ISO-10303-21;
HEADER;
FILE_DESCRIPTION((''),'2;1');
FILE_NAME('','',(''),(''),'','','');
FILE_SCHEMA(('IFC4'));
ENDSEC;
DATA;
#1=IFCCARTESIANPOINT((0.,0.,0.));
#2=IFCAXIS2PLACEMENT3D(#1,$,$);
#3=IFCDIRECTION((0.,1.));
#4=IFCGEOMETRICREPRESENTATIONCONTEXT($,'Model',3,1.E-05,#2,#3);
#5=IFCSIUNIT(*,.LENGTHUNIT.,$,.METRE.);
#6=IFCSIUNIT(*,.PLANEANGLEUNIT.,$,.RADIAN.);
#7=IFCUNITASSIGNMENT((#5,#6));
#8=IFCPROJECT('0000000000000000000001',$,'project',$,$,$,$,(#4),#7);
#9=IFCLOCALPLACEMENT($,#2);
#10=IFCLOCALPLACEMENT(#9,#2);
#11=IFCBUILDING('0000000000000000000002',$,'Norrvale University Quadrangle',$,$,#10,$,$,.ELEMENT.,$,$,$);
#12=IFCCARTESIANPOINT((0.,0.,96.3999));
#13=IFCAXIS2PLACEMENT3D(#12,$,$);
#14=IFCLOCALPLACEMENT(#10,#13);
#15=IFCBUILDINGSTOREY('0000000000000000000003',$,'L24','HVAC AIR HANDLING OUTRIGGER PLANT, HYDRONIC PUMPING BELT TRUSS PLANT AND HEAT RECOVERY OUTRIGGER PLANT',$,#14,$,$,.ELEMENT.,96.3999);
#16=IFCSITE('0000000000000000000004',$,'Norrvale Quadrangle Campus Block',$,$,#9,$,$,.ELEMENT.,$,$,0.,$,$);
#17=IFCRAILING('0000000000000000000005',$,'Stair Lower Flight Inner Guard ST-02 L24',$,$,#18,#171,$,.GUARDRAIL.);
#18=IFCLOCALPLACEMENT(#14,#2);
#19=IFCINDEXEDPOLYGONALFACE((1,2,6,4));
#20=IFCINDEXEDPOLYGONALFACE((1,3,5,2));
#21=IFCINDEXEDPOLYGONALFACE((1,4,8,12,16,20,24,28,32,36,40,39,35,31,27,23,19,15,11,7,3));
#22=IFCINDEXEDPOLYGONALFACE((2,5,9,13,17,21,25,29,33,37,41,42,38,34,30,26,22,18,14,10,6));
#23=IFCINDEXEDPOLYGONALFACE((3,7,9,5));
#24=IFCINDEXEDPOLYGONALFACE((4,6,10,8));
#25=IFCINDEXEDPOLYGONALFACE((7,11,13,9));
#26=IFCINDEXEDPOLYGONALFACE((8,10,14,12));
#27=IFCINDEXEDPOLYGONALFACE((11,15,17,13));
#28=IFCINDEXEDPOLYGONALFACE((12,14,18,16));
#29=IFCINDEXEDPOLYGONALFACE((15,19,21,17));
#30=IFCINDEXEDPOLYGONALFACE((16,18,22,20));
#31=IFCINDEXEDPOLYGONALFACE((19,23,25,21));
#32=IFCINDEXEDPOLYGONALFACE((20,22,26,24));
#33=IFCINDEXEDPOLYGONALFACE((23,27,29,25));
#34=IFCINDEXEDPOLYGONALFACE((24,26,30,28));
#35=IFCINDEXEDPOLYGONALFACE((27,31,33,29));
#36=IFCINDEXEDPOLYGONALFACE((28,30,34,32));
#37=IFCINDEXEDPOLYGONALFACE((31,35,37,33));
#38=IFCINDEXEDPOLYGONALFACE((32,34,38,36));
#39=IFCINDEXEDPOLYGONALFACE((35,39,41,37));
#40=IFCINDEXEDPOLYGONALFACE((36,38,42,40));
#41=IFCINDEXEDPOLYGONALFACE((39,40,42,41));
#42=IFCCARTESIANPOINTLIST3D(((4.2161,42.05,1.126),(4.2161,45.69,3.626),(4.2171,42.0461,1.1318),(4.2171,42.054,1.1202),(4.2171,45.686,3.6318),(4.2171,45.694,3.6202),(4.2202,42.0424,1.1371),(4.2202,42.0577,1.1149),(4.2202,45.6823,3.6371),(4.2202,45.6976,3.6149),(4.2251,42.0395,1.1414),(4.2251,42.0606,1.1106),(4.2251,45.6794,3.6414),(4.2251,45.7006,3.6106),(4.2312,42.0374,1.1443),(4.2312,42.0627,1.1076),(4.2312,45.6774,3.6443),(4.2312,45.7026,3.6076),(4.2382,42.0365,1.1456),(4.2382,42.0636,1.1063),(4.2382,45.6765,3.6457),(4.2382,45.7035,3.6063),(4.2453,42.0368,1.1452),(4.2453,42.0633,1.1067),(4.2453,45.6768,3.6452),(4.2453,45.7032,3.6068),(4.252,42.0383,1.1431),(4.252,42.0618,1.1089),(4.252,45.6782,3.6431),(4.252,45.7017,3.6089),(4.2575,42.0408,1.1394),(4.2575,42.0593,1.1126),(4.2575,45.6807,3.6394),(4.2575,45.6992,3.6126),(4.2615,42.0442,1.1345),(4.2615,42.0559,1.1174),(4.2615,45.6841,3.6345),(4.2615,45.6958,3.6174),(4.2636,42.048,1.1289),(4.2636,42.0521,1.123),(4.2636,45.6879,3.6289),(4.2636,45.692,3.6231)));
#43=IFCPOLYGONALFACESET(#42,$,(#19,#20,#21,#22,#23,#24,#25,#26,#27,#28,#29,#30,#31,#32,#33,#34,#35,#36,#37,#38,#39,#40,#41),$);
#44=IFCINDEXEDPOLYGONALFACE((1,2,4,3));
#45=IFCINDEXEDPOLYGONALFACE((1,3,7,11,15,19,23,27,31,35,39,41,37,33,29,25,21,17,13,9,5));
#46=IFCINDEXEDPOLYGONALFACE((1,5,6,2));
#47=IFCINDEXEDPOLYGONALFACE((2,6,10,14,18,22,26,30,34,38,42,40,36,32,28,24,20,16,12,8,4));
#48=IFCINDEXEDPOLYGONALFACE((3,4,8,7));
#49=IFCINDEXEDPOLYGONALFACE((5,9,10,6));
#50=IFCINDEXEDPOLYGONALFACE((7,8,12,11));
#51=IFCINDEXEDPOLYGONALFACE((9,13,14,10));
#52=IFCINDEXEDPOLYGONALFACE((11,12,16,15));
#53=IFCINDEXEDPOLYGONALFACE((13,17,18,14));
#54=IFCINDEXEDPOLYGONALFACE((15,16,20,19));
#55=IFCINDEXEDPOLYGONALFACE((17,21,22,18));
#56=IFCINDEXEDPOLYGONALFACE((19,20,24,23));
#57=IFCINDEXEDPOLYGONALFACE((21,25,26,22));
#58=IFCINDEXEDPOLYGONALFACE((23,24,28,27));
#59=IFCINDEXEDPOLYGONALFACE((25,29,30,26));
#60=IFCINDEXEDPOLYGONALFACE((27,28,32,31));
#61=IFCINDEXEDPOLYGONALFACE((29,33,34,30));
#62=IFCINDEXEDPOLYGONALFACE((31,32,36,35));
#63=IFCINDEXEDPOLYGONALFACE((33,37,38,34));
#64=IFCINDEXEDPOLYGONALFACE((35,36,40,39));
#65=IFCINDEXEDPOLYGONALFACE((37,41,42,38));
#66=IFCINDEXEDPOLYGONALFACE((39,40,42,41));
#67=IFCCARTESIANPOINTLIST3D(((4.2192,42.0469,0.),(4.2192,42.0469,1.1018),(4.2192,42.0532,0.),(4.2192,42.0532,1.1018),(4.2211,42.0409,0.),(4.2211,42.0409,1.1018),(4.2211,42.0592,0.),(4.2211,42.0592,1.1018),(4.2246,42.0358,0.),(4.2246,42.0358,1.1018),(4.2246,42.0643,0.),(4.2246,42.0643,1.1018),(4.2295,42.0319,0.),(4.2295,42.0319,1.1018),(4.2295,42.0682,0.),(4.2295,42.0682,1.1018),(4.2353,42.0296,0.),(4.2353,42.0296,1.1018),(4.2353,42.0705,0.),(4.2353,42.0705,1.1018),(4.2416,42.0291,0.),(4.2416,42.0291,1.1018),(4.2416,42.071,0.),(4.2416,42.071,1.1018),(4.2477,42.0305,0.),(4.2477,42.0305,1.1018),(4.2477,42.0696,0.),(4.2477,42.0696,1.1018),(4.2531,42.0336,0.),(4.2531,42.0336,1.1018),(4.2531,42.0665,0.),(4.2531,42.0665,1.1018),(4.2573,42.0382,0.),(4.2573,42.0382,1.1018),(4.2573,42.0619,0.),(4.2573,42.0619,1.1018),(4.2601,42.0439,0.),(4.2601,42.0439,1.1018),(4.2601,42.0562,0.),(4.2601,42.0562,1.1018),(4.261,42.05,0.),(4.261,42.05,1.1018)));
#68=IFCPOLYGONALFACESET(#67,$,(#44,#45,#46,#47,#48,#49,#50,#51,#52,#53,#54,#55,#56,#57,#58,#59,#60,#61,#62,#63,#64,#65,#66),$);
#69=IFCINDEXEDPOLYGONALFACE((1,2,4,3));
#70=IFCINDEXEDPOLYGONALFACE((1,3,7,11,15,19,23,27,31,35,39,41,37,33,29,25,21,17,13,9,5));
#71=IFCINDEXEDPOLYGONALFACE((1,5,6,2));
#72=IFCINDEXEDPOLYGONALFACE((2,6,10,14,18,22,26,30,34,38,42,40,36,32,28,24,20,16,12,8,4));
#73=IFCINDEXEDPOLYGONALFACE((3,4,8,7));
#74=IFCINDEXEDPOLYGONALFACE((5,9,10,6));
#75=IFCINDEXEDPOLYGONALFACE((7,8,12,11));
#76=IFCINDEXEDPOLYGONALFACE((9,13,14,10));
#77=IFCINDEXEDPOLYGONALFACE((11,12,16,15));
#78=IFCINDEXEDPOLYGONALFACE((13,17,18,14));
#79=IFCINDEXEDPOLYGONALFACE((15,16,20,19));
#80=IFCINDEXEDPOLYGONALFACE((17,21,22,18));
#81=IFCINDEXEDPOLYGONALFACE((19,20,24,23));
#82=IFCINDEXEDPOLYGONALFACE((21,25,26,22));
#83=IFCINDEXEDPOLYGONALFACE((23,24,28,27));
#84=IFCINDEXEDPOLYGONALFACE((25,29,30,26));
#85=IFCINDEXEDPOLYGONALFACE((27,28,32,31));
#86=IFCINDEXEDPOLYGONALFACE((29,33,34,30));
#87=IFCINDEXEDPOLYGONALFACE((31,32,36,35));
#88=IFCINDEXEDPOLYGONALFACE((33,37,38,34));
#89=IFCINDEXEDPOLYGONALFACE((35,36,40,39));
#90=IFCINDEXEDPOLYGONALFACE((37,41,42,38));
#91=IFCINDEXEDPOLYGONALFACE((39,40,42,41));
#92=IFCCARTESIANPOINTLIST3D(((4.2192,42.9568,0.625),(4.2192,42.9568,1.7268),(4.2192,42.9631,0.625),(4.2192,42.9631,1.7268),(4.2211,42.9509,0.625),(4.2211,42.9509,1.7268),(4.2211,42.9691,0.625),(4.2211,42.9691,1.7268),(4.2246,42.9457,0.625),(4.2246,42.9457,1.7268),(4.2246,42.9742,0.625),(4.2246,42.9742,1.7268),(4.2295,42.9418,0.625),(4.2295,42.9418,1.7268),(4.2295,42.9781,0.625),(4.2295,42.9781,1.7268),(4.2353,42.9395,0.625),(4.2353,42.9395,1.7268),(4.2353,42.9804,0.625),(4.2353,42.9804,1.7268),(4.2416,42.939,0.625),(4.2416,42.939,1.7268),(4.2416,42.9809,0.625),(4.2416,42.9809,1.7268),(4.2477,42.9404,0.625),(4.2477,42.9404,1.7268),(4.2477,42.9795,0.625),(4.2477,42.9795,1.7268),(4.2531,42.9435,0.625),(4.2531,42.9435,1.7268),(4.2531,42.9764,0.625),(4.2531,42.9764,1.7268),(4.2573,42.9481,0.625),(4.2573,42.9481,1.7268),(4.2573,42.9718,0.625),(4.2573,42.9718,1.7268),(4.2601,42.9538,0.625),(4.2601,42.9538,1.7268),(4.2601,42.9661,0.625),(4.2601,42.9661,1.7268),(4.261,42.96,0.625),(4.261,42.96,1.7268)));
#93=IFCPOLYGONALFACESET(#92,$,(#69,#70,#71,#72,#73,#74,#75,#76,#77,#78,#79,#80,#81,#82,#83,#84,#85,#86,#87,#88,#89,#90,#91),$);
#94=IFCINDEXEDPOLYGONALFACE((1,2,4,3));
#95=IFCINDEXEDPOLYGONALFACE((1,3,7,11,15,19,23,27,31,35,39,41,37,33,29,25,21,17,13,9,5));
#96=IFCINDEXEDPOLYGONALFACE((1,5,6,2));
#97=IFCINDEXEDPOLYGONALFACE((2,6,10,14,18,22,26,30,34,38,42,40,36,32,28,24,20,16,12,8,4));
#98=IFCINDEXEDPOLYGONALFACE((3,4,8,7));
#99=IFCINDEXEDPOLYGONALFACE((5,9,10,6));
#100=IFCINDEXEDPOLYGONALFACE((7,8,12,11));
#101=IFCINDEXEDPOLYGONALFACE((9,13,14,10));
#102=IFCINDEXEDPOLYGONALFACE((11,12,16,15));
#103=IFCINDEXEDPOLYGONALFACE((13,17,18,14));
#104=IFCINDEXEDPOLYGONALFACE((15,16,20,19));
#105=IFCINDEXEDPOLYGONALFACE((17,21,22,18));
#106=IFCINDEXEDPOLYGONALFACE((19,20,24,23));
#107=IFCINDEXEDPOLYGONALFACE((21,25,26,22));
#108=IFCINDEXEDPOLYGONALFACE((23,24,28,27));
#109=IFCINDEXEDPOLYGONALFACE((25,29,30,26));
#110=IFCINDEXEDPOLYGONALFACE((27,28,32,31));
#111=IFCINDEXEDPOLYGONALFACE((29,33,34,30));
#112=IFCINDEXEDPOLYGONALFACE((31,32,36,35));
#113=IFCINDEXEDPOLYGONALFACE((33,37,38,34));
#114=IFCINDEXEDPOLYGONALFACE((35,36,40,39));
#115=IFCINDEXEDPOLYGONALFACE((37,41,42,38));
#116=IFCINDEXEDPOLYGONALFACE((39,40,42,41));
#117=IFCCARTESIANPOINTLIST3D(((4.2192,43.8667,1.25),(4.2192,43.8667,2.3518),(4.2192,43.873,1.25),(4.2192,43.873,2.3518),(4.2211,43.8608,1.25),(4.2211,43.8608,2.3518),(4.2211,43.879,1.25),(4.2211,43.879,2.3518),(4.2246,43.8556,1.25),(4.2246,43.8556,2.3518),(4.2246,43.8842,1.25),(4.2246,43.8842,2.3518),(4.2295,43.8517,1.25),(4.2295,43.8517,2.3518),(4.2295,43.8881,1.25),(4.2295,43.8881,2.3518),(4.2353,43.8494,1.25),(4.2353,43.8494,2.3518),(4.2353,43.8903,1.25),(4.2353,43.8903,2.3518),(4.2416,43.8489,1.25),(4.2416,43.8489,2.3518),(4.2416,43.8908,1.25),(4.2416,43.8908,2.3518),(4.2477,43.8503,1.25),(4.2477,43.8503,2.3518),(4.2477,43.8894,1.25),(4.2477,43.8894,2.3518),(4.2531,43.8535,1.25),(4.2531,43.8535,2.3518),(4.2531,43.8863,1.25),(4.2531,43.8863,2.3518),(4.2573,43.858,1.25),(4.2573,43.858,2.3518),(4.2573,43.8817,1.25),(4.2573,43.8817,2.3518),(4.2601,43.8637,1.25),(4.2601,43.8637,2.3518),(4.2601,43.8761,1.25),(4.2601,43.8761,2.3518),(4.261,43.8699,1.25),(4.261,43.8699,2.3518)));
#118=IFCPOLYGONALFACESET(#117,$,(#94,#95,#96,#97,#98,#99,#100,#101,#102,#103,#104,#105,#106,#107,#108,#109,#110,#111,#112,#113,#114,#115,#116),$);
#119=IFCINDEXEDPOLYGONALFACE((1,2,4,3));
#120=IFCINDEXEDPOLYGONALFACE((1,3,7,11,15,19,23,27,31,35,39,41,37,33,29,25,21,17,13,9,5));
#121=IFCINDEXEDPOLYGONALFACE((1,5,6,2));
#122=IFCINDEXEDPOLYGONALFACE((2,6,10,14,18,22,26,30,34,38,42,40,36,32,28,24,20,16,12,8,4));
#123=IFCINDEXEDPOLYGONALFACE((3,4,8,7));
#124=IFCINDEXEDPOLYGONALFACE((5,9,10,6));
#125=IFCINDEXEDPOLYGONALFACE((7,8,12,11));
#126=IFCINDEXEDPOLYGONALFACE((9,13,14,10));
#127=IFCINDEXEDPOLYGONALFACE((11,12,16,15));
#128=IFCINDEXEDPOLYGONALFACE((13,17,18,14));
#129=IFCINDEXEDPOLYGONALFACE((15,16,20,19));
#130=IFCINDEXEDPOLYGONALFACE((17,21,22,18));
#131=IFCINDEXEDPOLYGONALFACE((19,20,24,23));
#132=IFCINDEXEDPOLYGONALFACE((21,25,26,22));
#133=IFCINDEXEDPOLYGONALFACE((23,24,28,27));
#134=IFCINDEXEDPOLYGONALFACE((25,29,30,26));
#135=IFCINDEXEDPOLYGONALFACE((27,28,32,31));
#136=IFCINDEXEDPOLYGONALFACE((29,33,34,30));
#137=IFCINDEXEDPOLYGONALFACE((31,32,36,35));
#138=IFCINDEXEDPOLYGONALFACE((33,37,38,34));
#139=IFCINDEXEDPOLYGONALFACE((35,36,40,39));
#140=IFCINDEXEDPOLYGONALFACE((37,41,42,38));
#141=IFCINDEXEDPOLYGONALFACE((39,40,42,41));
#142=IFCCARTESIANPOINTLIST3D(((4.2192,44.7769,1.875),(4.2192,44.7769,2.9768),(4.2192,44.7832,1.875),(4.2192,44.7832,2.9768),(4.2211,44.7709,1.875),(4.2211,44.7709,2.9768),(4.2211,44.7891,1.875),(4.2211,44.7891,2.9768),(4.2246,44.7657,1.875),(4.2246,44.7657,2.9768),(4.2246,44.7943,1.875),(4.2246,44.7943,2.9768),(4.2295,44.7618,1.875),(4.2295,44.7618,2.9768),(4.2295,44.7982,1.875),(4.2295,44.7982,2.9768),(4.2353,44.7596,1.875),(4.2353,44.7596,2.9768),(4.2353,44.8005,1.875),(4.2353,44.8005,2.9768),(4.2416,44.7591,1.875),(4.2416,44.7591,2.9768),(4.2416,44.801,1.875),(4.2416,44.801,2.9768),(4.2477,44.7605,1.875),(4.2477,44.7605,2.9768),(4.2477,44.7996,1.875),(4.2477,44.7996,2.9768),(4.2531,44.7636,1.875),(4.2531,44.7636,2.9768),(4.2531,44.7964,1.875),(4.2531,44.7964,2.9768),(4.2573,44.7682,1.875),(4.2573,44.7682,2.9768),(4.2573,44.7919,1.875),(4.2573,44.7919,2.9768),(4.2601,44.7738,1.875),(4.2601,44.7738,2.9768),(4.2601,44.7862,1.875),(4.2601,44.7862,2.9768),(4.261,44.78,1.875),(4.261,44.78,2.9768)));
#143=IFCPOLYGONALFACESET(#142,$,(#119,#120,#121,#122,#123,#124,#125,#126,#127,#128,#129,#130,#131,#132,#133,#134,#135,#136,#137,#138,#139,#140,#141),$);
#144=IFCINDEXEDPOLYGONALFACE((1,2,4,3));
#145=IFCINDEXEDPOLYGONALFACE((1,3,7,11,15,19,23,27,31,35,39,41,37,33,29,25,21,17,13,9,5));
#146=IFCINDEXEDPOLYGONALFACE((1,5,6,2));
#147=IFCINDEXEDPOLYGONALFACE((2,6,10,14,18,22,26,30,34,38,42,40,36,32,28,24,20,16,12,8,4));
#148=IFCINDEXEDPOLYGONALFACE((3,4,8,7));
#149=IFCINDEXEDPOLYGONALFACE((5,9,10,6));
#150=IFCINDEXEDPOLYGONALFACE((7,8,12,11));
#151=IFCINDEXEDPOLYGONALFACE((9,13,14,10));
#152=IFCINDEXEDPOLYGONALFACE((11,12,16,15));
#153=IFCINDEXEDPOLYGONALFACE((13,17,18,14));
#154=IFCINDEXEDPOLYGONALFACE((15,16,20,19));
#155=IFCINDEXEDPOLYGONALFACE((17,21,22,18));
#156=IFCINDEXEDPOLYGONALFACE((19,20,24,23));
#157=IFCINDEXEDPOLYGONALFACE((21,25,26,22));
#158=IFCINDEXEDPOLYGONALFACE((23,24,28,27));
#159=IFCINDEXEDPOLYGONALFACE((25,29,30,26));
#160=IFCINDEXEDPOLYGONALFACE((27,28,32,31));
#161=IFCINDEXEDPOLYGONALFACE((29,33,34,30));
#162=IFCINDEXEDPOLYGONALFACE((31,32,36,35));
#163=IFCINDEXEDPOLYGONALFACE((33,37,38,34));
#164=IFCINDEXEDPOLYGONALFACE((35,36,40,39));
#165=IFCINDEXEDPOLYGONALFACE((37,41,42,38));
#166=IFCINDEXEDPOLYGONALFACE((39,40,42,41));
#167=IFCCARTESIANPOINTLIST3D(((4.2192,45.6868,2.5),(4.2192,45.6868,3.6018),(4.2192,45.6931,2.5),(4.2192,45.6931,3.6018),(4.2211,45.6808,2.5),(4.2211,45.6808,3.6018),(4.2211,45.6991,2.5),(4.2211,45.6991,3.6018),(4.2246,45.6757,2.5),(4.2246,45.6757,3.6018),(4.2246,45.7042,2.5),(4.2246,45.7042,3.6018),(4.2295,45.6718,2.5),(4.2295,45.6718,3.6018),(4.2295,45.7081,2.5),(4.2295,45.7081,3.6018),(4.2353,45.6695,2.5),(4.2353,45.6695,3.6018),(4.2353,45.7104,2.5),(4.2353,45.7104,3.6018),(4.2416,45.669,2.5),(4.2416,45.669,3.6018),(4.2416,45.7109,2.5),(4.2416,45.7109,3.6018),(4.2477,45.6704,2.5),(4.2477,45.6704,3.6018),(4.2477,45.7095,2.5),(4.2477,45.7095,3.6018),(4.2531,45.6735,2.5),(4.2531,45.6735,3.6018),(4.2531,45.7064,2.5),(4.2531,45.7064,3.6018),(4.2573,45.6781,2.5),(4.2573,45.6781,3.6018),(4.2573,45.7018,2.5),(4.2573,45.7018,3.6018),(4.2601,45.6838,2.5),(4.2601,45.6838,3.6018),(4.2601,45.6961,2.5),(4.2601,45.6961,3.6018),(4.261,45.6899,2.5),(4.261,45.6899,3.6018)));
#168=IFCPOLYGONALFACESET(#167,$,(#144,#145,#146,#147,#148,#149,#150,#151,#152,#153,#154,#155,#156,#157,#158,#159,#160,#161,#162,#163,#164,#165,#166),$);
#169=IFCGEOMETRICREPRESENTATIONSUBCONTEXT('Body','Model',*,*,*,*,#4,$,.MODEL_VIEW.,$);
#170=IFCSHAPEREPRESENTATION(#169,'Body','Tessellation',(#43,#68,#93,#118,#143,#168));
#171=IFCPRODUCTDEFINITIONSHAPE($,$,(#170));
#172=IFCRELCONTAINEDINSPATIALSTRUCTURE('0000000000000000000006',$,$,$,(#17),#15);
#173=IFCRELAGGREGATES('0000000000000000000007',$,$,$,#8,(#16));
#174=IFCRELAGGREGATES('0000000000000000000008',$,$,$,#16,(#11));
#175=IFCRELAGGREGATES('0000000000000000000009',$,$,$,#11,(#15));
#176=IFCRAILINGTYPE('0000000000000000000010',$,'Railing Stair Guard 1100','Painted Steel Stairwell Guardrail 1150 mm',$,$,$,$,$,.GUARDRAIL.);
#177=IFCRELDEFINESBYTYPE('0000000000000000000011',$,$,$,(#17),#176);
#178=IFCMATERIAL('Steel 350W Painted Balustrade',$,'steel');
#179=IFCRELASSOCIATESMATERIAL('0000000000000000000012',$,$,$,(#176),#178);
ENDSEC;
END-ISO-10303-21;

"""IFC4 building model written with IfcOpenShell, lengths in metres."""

from ifc_helpers import new_model, si_unit, direction, frame, origin, origin_2d, place, context, subcontext, project, spatial, circle, extrude, material, type_object, element, save


model = new_model("IFC4")

# Units and contexts
model_context = context("Model", 3, precision=1e-05, world=origin(), true_north=direction((0.0, 1.0)))
body_context = subcontext(model_context, "Body", "Model", "MODEL_VIEW")
ifc_project = project(units=[si_unit("LENGTHUNIT", "METRE"), si_unit("PLANEANGLEUNIT", "RADIAN")], contexts=[model_context])

# Site, building, storey
site_placement = place(None, origin())
site = spatial("IfcSite", under=ifc_project, at=site_placement, Name="Norrvale Quadrangle Campus Block", CompositionType="ELEMENT", RefElevation=0.0)
building_placement = place(site_placement, origin())
building = spatial("IfcBuilding", under=site, at=building_placement, Name="Norrvale University Quadrangle", CompositionType="ELEMENT")
storey_placement = place(building_placement, frame((0.0, 0.0, 96.3999)))
storey = spatial("IfcBuildingStorey", under=building, at=storey_placement, Name="L24", Description="HVAC AIR HANDLING OUTRIGGER PLANT, HYDRONIC PUMPING BELT TRUSS PLANT AND HEAT RECOVERY OUTRIGGER PLANT", CompositionType="ELEMENT", Elevation=96.3999)

# Railing
ifc_material_1 = material(Name="Steel 350W Painted Balustrade", Category="steel")
railing_type_1 = type_object("IfcRailingType", Name="Railing Stair Guard 1100", Description="Painted Steel Stairwell Guardrail 1150 mm", PredefinedType="GUARDRAIL", material=ifc_material_1)
railing_1_placement = place(storey_placement, frame((4.24, 42.05, 0.0)))
element("IfcRailing", 1, at=railing_1_placement, inside=storey, type_object=railing_type_1, Name="Stair Lower Flight Inner Guard ST-02 L24", PredefinedType="GUARDRAIL", context=body_context, shape_type="SweptSolid", body=[
    extrude(circle(Radius=0.0239, at=origin_2d()), frame((0.0, 0.0, 1.126), z_axis=(0.0, 0.824298, 0.566156), x_axis=(-1.0, 0.0, 0.0)), (0.0, 0.0, 1.0), 4.4158),
    extrude(circle(Radius=0.021, at=origin_2d()), origin(), (0.0, 0.0, 1.0), 1.1018),
    extrude(circle(Radius=0.021, at=origin_2d()), frame((0.0, 0.9099, 0.625)), (0.0, 0.0, 1.0), 1.1018),
    extrude(circle(Radius=0.021, at=origin_2d()), frame((0.0, 1.8198, 1.25)), (0.0, 0.0, 1.0), 1.1018),
    extrude(circle(Radius=0.021, at=origin_2d()), frame((0.0, 2.73, 1.875)), (0.0, 0.0, 1.0), 1.1018),
    extrude(circle(Radius=0.021, at=origin_2d()), frame((0.0, 3.6399, 2.5)), (0.0, 0.0, 1.0), 1.1018),
])

save(model, "model.ifc")
